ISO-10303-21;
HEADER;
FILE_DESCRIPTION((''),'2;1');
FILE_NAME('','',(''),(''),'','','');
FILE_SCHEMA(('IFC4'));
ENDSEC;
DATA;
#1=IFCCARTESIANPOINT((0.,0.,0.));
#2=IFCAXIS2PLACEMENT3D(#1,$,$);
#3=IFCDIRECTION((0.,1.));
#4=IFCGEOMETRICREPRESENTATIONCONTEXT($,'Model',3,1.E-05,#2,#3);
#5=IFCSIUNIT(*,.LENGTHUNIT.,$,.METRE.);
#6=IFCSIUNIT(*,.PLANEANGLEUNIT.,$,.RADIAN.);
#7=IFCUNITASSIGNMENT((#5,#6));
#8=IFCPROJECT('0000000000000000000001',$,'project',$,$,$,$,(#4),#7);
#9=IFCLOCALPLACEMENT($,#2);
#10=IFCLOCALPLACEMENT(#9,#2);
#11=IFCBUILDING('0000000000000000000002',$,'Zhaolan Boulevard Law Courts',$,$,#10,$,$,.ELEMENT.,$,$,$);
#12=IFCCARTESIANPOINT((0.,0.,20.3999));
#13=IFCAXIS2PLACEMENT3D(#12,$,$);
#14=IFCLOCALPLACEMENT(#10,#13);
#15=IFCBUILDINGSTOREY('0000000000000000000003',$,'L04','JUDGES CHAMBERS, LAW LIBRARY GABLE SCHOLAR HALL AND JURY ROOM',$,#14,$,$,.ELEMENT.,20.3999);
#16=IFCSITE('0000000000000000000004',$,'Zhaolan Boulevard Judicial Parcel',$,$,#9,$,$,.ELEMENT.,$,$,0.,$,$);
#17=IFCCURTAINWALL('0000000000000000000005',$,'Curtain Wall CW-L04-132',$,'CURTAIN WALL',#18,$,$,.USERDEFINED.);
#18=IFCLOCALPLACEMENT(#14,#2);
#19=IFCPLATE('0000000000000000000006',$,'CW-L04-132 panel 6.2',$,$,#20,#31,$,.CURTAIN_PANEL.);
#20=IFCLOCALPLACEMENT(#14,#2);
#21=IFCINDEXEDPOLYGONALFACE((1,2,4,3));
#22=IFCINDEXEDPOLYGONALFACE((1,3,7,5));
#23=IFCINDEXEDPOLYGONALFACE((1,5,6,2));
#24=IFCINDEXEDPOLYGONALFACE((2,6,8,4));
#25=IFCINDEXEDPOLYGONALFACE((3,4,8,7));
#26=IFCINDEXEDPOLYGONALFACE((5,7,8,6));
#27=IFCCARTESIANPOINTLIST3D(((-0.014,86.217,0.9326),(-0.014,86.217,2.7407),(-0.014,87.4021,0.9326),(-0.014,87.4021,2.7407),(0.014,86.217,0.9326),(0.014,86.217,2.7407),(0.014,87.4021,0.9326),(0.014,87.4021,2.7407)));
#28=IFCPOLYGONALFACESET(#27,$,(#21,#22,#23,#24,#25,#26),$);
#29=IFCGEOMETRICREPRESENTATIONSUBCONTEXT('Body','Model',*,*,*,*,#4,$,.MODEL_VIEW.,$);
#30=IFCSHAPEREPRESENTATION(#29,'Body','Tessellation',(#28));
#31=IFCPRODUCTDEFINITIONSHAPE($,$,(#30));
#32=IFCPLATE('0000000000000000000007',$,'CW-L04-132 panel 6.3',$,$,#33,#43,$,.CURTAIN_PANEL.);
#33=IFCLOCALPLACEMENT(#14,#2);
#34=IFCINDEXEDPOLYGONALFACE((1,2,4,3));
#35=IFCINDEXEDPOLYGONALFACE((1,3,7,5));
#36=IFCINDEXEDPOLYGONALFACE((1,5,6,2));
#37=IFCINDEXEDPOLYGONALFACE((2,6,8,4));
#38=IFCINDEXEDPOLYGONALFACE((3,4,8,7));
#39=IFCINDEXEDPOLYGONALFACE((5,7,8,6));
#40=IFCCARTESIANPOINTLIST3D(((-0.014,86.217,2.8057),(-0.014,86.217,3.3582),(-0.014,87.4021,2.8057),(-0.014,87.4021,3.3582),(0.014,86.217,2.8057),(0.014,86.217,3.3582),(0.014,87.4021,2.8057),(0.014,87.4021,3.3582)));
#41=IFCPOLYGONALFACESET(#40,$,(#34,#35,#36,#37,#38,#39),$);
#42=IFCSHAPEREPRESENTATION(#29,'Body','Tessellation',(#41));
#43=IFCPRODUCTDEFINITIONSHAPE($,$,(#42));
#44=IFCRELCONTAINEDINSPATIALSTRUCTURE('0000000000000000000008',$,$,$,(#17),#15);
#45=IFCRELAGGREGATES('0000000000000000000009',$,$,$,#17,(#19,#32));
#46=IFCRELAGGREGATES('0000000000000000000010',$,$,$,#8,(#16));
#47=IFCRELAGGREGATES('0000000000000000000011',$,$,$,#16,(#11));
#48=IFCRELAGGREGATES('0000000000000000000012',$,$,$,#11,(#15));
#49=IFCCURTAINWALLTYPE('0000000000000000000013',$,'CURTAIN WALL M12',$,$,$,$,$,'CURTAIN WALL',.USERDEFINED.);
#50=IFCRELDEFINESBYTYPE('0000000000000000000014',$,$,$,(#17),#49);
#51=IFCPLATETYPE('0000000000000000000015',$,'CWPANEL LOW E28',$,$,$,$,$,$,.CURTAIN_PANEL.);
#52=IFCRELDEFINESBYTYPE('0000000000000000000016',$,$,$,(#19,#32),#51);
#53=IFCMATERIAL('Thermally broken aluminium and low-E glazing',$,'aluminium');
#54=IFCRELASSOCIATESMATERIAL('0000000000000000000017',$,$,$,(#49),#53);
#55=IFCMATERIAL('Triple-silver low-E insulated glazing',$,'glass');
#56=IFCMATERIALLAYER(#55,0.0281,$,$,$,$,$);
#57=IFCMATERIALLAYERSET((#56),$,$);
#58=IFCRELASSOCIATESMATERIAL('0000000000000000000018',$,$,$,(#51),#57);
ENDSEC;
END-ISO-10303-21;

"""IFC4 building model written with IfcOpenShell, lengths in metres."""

from ifc_helpers import new_model, si_unit, direction, frame, origin, origin_2d, place, context, subcontext, project, spatial, rectangle, extrude, material, layer, layer_set, type_object, element, aggregate, save


model = new_model("IFC4")

# Units and contexts
model_context = context("Model", 3, precision=1e-05, world=origin(), true_north=direction((0.0, 1.0)))
body_context = subcontext(model_context, "Body", "Model", "MODEL_VIEW")
ifc_project = project(units=[si_unit("LENGTHUNIT", "METRE"), si_unit("PLANEANGLEUNIT", "RADIAN")], contexts=[model_context])

# Site, building, storey
site_placement = place(None, origin())
site = spatial("IfcSite", under=ifc_project, at=site_placement, Name="Zhaolan Boulevard Judicial Parcel", CompositionType="ELEMENT", RefElevation=0.0)
building_placement = place(site_placement, origin())
building = spatial("IfcBuilding", under=site, at=building_placement, Name="Zhaolan Boulevard Law Courts", CompositionType="ELEMENT")
storey_placement = place(building_placement, frame((0.0, 0.0, 20.3999)))
storey = spatial("IfcBuildingStorey", under=building, at=storey_placement, Name="L04", Description="JUDGES CHAMBERS, LAW LIBRARY GABLE SCHOLAR HALL AND JURY ROOM", CompositionType="ELEMENT", Elevation=20.3999)

# Curtain wall
ifc_material_1 = material(Name="Thermally broken aluminium and low-E glazing", Category="aluminium")
curtain_wall_type = type_object("IfcCurtainWallType", Name="CURTAIN WALL M12", ElementType="CURTAIN WALL", PredefinedType="USERDEFINED", material=ifc_material_1)
curtain_wall_placement = place(storey_placement, origin())
curtain_wall = element("IfcCurtainWall", 1, at=curtain_wall_placement, inside=storey, type_object=curtain_wall_type, Name="Curtain Wall CW-L04-132", ObjectType="CURTAIN WALL", PredefinedType="USERDEFINED")

# Plates
ifc_material_2 = material(Name="Triple-silver low-E insulated glazing", Category="glass")
ifc_layer = layer(ifc_material_2, 0.0281)
ifc_layer_set = layer_set([ifc_layer])
plate_type = type_object("IfcPlateType", Name="CWPANEL LOW E28", PredefinedType="CURTAIN_PANEL", material=ifc_layer_set)
plate_1_placement = place(storey_placement, frame((0.0, 86.8096, 0.9326), z_axis=(0.0, 0.0, 1.0), x_axis=(0.0, -1.0, 0.0)))
plate_1 = element("IfcPlate", 2, at=plate_1_placement, type_object=plate_type, Name="CW-L04-132 panel 6.2", PredefinedType="CURTAIN_PANEL", context=body_context, shape_type="SweptSolid", body=[
    extrude(rectangle(XDim=1.1851, YDim=0.0281, at=origin_2d()), origin(), (0.0, 0.0, 1.0), 1.8081),
])
plate_2_placement = place(storey_placement, frame((0.0, 86.8096, 2.8057), z_axis=(0.0, 0.0, 1.0), x_axis=(0.0, -1.0, 0.0)))
plate_2 = element("IfcPlate", 3, at=plate_2_placement, type_object=plate_type, Name="CW-L04-132 panel 6.3", PredefinedType="CURTAIN_PANEL", context=body_context, shape_type="SweptSolid", body=[
    extrude(rectangle(XDim=1.1851, YDim=0.0281, at=origin_2d()), origin(), (0.0, 0.0, 1.0), 0.5525),
])
aggregate(curtain_wall, [plate_1, plate_2])

save(model, "model.ifc")
